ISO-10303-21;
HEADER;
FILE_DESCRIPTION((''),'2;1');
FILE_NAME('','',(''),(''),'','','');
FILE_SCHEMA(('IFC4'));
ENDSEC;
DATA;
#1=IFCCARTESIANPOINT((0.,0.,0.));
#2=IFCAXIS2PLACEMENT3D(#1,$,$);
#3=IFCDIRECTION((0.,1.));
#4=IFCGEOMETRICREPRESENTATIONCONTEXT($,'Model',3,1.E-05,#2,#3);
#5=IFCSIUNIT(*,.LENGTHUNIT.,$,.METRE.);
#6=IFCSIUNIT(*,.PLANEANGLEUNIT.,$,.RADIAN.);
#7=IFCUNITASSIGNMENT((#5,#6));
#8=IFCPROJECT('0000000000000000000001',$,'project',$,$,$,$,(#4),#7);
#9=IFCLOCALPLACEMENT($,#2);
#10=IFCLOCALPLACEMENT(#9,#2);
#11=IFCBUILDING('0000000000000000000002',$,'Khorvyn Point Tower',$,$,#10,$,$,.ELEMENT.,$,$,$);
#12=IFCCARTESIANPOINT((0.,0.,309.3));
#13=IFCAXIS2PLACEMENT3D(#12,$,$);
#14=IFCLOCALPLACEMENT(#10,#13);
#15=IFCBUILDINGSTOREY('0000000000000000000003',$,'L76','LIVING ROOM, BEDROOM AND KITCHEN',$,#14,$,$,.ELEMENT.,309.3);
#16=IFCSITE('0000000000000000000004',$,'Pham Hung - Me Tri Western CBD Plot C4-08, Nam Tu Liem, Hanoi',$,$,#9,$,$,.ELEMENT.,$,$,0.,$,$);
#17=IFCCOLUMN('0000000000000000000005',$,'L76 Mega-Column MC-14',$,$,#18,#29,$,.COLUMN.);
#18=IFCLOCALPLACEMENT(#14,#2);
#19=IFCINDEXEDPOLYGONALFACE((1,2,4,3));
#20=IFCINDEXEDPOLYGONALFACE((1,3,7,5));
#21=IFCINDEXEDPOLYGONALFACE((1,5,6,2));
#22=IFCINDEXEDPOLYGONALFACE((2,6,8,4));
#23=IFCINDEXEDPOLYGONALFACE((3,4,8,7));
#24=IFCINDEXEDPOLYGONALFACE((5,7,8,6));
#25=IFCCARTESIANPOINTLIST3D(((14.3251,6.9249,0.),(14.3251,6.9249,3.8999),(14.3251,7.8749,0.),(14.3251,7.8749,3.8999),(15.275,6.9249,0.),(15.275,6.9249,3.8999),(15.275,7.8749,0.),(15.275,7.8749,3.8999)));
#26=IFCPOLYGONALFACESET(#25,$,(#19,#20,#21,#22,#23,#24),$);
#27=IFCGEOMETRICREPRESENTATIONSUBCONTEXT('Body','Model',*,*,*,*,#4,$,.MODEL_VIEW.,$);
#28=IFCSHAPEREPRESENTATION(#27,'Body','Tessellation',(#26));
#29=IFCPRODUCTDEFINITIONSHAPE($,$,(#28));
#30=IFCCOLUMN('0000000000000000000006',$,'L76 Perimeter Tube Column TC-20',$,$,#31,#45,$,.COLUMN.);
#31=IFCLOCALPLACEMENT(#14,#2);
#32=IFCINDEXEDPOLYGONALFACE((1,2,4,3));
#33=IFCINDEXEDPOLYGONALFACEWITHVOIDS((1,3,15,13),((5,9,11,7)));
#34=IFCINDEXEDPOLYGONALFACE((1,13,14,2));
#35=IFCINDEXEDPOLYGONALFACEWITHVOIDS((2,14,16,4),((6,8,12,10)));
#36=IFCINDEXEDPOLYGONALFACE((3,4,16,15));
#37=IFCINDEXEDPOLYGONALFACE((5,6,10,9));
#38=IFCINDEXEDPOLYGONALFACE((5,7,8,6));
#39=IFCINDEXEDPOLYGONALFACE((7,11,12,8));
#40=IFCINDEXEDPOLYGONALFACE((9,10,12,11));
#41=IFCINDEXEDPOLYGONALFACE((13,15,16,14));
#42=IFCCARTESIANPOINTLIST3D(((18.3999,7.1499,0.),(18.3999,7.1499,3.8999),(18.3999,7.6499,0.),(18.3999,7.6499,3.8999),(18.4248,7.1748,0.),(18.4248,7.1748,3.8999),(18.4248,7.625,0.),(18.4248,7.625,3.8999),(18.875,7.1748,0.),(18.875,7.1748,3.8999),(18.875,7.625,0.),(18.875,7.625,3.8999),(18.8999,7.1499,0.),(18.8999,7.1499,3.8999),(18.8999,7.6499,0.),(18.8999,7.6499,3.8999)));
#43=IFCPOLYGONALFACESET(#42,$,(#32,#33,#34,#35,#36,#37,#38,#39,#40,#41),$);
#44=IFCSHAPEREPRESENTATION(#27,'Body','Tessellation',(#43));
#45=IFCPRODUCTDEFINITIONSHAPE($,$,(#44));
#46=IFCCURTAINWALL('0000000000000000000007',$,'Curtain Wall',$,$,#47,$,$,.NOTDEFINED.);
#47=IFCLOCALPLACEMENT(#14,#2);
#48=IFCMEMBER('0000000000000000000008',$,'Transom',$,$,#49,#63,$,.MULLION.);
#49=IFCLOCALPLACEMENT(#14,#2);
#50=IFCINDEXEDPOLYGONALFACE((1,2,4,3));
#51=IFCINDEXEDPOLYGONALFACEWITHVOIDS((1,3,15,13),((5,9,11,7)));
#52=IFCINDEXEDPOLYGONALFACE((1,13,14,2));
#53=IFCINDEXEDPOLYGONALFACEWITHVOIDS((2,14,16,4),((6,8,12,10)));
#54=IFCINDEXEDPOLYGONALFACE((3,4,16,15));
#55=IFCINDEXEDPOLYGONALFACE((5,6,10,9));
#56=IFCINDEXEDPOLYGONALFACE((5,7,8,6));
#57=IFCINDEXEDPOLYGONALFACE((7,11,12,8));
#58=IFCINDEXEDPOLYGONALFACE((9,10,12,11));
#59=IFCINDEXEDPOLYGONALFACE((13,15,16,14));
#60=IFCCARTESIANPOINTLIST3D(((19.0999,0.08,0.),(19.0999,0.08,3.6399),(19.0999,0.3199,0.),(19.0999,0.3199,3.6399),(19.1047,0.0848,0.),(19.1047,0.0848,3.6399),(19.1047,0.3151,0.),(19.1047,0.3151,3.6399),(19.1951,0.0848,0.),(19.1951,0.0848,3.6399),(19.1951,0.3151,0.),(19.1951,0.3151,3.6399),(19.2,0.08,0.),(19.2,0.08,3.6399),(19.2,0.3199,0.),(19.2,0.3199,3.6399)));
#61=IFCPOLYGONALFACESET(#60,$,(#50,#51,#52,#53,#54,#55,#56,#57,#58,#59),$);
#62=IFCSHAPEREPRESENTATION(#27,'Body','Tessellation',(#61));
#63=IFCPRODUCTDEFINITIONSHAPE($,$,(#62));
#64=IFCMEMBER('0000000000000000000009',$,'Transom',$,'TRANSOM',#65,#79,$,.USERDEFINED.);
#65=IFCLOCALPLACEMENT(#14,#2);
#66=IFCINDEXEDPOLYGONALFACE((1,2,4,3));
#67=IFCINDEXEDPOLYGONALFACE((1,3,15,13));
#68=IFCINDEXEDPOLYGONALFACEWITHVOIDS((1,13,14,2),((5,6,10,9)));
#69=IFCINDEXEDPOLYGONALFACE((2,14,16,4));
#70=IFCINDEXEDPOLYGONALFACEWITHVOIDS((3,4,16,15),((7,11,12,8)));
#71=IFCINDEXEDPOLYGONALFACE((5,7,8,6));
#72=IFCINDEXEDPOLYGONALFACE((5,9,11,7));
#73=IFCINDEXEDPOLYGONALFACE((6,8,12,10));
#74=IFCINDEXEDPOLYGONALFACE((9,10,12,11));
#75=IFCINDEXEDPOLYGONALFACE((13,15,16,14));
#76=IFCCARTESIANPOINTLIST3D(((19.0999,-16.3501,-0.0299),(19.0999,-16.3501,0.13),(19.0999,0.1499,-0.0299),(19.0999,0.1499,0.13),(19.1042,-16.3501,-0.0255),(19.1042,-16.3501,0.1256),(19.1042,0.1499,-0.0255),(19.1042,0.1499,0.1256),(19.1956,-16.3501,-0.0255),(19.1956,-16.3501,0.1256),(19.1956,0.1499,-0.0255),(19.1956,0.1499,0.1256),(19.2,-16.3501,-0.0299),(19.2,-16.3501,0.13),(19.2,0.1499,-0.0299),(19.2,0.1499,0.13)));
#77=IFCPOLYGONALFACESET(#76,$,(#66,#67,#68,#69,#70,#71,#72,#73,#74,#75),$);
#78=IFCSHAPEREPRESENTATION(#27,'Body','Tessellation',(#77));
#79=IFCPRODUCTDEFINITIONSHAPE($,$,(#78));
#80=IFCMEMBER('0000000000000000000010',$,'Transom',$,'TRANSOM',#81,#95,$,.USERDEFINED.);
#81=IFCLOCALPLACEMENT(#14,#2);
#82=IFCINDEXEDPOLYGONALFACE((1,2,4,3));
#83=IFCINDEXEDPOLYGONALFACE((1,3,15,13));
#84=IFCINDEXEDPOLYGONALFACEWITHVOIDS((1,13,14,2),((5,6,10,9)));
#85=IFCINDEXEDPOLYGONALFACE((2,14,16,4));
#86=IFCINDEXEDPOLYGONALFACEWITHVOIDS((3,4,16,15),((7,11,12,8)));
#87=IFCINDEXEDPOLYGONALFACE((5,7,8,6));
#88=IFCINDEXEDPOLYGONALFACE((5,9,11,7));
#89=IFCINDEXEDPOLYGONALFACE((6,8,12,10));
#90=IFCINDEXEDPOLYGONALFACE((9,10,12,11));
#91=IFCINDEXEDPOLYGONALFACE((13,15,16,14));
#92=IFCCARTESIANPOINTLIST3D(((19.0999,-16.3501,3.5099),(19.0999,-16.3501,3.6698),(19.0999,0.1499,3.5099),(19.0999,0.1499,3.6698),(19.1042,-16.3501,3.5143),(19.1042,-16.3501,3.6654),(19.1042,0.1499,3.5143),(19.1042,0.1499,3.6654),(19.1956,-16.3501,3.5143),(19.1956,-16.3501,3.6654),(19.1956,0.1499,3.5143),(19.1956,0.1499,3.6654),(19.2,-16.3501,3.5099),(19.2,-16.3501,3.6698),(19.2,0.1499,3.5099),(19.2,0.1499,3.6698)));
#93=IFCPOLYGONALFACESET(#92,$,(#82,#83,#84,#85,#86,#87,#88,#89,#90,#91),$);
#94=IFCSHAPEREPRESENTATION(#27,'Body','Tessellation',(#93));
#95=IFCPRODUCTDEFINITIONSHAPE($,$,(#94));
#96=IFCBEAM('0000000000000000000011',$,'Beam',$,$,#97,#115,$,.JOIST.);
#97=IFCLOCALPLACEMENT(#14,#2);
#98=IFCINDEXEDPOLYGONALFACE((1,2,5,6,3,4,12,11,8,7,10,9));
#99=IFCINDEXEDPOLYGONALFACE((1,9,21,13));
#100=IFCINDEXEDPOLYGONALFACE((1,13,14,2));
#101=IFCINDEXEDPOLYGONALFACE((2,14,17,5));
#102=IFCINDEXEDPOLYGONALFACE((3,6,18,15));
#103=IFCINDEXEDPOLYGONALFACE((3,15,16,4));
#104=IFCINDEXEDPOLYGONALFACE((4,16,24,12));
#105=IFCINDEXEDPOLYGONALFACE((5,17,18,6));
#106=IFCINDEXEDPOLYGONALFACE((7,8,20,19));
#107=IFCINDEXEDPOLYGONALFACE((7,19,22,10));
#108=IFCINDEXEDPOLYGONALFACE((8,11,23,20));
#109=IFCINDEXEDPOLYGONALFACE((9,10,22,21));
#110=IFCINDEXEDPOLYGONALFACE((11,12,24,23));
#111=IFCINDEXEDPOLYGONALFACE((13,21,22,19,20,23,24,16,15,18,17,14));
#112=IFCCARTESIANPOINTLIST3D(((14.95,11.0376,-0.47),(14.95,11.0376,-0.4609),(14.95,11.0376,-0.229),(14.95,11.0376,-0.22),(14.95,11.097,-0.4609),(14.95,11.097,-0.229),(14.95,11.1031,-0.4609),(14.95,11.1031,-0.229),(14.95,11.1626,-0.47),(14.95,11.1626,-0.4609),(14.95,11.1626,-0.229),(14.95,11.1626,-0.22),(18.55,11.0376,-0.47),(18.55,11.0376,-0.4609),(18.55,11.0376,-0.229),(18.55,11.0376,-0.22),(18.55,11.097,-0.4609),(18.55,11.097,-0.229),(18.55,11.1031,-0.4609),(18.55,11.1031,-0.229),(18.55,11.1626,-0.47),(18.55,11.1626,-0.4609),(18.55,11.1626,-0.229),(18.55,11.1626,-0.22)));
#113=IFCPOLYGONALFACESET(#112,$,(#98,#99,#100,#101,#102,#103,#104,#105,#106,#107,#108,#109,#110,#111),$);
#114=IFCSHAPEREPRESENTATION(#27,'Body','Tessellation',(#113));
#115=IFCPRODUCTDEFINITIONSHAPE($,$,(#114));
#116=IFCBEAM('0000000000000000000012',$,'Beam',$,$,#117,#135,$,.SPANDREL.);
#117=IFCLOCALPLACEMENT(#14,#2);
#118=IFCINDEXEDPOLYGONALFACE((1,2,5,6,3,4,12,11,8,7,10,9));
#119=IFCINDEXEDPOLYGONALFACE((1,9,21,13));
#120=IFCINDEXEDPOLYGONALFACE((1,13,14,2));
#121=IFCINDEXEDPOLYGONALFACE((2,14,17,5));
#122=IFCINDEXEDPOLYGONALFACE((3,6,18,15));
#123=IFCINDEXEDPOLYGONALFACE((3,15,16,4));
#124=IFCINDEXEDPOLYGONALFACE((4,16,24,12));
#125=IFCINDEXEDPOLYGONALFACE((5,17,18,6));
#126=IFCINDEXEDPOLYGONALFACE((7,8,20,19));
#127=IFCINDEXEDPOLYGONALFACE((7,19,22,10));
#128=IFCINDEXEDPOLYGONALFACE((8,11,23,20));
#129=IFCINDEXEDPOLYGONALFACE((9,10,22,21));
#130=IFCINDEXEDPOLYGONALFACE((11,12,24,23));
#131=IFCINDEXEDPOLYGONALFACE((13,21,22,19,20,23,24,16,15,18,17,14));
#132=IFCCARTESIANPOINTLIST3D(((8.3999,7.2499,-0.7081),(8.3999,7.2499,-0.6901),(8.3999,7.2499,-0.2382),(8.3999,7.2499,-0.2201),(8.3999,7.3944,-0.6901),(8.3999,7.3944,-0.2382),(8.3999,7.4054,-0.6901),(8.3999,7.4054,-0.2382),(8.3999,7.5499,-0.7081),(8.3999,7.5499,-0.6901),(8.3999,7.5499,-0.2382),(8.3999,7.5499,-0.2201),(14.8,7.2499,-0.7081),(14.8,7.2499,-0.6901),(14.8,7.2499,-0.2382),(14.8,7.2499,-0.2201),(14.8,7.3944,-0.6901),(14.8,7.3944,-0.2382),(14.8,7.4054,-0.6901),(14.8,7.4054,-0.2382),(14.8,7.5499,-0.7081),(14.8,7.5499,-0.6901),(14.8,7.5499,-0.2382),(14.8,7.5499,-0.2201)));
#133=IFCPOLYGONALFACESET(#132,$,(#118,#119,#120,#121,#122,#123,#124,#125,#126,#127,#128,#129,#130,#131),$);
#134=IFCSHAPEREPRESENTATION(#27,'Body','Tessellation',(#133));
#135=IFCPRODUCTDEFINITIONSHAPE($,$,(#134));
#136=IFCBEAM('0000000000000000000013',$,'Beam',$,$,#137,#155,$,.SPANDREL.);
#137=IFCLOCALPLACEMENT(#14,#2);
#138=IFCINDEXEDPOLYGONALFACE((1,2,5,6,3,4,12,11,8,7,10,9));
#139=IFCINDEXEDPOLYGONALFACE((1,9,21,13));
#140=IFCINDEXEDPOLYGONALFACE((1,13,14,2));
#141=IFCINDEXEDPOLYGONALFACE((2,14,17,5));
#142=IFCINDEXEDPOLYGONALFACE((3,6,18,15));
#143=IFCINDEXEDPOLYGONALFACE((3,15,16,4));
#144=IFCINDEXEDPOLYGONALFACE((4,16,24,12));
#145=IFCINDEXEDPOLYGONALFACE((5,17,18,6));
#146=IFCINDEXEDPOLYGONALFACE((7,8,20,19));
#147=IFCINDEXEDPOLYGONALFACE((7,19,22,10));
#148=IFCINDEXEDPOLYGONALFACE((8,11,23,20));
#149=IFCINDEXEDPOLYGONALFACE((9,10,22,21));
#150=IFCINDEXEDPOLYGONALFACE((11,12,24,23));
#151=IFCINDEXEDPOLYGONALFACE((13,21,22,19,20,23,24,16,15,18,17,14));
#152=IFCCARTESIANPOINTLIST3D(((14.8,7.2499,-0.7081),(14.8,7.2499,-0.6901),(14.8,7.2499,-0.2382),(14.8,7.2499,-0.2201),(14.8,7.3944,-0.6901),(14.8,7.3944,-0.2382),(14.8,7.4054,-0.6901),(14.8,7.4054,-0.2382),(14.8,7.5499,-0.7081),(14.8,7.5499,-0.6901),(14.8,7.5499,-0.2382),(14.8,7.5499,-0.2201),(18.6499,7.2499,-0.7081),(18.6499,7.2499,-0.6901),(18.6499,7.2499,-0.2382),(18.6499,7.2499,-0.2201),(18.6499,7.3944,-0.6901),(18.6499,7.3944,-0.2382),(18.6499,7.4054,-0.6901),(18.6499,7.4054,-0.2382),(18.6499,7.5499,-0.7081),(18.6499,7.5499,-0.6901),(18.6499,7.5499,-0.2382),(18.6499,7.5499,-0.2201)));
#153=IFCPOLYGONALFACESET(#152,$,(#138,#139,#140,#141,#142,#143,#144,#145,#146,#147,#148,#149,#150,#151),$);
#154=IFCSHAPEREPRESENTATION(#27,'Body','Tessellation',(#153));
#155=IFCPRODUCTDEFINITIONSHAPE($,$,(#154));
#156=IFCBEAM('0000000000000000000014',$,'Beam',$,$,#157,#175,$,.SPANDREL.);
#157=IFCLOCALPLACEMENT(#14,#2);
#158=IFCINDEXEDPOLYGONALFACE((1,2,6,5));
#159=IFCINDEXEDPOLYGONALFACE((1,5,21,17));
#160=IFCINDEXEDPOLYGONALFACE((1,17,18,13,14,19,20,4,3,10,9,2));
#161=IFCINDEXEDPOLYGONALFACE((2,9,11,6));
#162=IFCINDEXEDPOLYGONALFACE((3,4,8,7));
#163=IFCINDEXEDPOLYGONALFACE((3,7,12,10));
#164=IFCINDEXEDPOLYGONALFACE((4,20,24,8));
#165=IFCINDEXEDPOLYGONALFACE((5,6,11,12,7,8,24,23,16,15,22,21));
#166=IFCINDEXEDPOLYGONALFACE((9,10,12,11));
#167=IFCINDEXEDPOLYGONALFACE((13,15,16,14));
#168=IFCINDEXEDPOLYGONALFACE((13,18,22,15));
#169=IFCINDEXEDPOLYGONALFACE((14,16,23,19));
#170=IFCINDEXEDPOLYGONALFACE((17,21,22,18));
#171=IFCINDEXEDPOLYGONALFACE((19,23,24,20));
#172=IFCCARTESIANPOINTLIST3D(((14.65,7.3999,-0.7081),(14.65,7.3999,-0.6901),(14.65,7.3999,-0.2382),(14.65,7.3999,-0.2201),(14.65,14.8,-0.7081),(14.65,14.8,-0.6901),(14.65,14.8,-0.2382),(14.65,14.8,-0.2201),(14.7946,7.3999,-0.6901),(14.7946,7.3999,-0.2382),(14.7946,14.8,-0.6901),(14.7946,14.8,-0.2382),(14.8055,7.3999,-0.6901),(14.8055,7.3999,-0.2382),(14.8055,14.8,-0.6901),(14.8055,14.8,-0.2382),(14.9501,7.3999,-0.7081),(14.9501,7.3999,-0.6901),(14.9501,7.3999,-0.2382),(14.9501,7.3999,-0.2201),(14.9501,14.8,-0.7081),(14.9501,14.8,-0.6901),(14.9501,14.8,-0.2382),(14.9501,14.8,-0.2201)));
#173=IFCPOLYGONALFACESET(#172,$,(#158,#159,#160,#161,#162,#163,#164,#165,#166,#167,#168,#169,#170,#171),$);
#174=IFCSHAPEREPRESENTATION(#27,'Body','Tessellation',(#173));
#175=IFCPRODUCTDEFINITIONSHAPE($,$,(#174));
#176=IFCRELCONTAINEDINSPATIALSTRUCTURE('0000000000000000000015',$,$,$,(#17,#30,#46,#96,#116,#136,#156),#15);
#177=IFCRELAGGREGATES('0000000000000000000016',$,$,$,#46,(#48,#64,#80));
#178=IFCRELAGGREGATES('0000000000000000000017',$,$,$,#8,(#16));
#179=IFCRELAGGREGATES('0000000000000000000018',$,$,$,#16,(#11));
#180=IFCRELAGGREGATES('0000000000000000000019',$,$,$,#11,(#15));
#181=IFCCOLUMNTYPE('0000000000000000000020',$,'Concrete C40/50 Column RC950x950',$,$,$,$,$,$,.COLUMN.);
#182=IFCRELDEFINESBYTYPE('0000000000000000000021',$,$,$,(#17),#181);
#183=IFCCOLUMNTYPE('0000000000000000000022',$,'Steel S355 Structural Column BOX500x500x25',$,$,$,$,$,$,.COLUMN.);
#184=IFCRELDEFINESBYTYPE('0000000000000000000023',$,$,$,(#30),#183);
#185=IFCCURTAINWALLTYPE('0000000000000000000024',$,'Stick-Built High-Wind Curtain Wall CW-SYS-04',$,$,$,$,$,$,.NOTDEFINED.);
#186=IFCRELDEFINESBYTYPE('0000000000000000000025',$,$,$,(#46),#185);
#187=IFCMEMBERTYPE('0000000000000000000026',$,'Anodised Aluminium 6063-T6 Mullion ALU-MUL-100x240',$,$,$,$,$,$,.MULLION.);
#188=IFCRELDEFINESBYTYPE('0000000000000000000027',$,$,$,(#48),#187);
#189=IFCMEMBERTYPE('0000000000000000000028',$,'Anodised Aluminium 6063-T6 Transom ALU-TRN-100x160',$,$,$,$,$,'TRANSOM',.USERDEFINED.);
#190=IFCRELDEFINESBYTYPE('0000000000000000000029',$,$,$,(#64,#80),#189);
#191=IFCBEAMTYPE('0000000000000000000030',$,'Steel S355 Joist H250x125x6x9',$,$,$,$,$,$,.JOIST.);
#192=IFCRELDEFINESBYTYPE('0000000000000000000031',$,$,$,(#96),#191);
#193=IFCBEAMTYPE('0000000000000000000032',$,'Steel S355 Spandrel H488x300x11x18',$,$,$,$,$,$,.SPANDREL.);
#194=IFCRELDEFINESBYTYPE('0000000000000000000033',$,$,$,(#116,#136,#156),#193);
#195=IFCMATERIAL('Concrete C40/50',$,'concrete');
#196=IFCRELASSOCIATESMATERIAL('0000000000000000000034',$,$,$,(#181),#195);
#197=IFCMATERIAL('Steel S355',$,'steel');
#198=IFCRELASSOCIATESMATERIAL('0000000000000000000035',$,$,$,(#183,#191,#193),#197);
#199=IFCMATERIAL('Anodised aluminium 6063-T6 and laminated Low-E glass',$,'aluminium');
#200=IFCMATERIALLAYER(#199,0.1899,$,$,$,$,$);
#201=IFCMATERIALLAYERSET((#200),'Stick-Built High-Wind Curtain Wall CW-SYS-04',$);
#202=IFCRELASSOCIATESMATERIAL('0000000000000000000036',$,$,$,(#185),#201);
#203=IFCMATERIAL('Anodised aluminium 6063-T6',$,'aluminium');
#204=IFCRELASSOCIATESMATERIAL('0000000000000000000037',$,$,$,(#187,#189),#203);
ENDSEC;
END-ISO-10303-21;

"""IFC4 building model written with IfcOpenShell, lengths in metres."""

from ifc_helpers import new_model, si_unit, direction, frame, origin, origin_2d, place, context, subcontext, project, spatial, rectangle, hollow_rectangle, i_section, extrude, material, layer, layer_set, material_profile, profile_set, type_object, element, aggregate, save


model = new_model("IFC4")

# Units and contexts
model_context = context("Model", 3, precision=1e-05, world=origin(), true_north=direction((0.0, 1.0)))
body_context = subcontext(model_context, "Body", "Model", "MODEL_VIEW")
ifc_project = project(units=[si_unit("LENGTHUNIT", "METRE"), si_unit("PLANEANGLEUNIT", "RADIAN")], contexts=[model_context])

# Site, building, storey
site_placement = place(None, origin())
site = spatial("IfcSite", under=ifc_project, at=site_placement, Name="Pham Hung - Me Tri Western CBD Plot C4-08, Nam Tu Liem, Hanoi", CompositionType="ELEMENT", RefElevation=0.0)
building_placement = place(site_placement, origin())
building = spatial("IfcBuilding", under=site, at=building_placement, Name="Khorvyn Point Tower", CompositionType="ELEMENT")
storey_placement = place(building_placement, frame((0.0, 0.0, 309.3)))
storey = spatial("IfcBuildingStorey", under=building, at=storey_placement, Name="L76", Description="LIVING ROOM, BEDROOM AND KITCHEN", CompositionType="ELEMENT", Elevation=309.3)

# Columns
ifc_material_1 = material(Name="Concrete C40/50", Category="concrete")
ifc_material_profile_1 = material_profile(ifc_material_1, rectangle(XDim=0.95, YDim=0.95, at=origin_2d()))
ifc_profile_set_1 = profile_set([ifc_material_profile_1], Name="Concrete C40/50 RC950x950")
column_type_1 = type_object("IfcColumnType", Name="Concrete C40/50 Column RC950x950", PredefinedType="COLUMN", material=ifc_profile_set_1)
column_1_placement = place(storey_placement, frame((14.8, 7.3999, 0.0), z_axis=(0.0, 0.0, 1.0), x_axis=(1.0, 0.0, 0.0)))
element("IfcColumn", 1, at=column_1_placement, inside=storey, type_object=column_type_1, Name="L76 Mega-Column MC-14", PredefinedType="COLUMN", context=body_context, shape_type="SweptSolid", body=[
    extrude(rectangle(XDim=0.95, YDim=0.95, at=origin_2d()), origin(), (0.0, 0.0, 1.0), 3.8999),
])
ifc_material_2 = material(Name="Steel S355", Category="steel")
ifc_material_profile_2 = material_profile(ifc_material_2, hollow_rectangle(XDim=0.5, YDim=0.5, WallThickness=0.0249, at=origin_2d()))
ifc_profile_set_2 = profile_set([ifc_material_profile_2], Name="Steel S355 BOX500x500x25")
column_type_2 = type_object("IfcColumnType", Name="Steel S355 Structural Column BOX500x500x25", PredefinedType="COLUMN", material=ifc_profile_set_2)
column_2_placement = place(storey_placement, frame((18.6499, 7.3999, 0.0), z_axis=(0.0, 0.0, 1.0), x_axis=(1.0, 0.0, 0.0)))
element("IfcColumn", 2, at=column_2_placement, inside=storey, type_object=column_type_2, Name="L76 Perimeter Tube Column TC-20", PredefinedType="COLUMN", context=body_context, shape_type="SweptSolid", body=[
    extrude(hollow_rectangle(XDim=0.5, YDim=0.5, WallThickness=0.0249, at=origin_2d()), origin(), (0.0, 0.0, 1.0), 3.8999),
])

# Curtain wall, members
ifc_material_3 = material(Name="Anodised aluminium 6063-T6 and laminated Low-E glass", Category="aluminium")
ifc_layer_1 = layer(ifc_material_3, 0.1899)
ifc_layer_set_1 = layer_set([ifc_layer_1], Name="Stick-Built High-Wind Curtain Wall CW-SYS-04")
curtain_wall_type = type_object("IfcCurtainWallType", Name="Stick-Built High-Wind Curtain Wall CW-SYS-04", PredefinedType="NOTDEFINED", material=ifc_layer_set_1)
curtain_wall_placement = place(storey_placement, origin())
curtain_wall = element("IfcCurtainWall", 3, at=curtain_wall_placement, inside=storey, type_object=curtain_wall_type, Name="Curtain Wall", PredefinedType="NOTDEFINED")
ifc_material_4 = material(Name="Anodised aluminium 6063-T6", Category="aluminium")
ifc_material_profile_3 = material_profile(ifc_material_4, hollow_rectangle(XDim=0.1001, YDim=0.24, WallThickness=0.0049, at=origin_2d()))
ifc_profile_set_3 = profile_set([ifc_material_profile_3], Name="Anodised aluminium 6063-T6 ALU-MUL-100x240")
member_type_1 = type_object("IfcMemberType", Name="Anodised Aluminium 6063-T6 Mullion ALU-MUL-100x240", PredefinedType="MULLION", material=ifc_profile_set_3)
member_1_placement = place(storey_placement, frame((19.1499, 0.2, 0.0), z_axis=(0.0, 0.0, 1.0), x_axis=(1.0, 0.0, 0.0)))
member_1 = element("IfcMember", 4, at=member_1_placement, type_object=member_type_1, Name="Transom", PredefinedType="MULLION", context=body_context, shape_type="SweptSolid", body=[
    extrude(hollow_rectangle(XDim=0.1001, YDim=0.24, WallThickness=0.0049, at=origin_2d()), origin(), (0.0, 0.0, 1.0), 3.6399),
])
ifc_material_profile_4 = material_profile(ifc_material_4, hollow_rectangle(XDim=0.1001, YDim=0.1599, WallThickness=0.0044, at=origin_2d()))
ifc_profile_set_4 = profile_set([ifc_material_profile_4], Name="Anodised aluminium 6063-T6 ALU-TRN-100x160")
member_type_2 = type_object("IfcMemberType", Name="Anodised Aluminium 6063-T6 Transom ALU-TRN-100x160", ElementType="TRANSOM", PredefinedType="USERDEFINED", material=ifc_profile_set_4)
member_2_placement = place(storey_placement, frame((19.1499, 0.1499, 0.05), z_axis=(0.0, -1.0, 0.0), x_axis=(1.0, 0.0, 0.0)))
member_2 = element("IfcMember", 5, at=member_2_placement, type_object=member_type_2, Name="Transom", ObjectType="TRANSOM", PredefinedType="USERDEFINED", context=body_context, shape_type="SweptSolid", body=[
    extrude(hollow_rectangle(XDim=0.1001, YDim=0.1599, WallThickness=0.0044, at=origin_2d()), origin(), (0.0, 0.0, 1.0), 16.5),
])
member_3_placement = place(storey_placement, frame((19.1499, 0.1499, 3.5898), z_axis=(0.0, -1.0, 0.0), x_axis=(1.0, 0.0, 0.0)))
member_3 = element("IfcMember", 6, at=member_3_placement, type_object=member_type_2, Name="Transom", ObjectType="TRANSOM", PredefinedType="USERDEFINED", context=body_context, shape_type="SweptSolid", body=[
    extrude(hollow_rectangle(XDim=0.1001, YDim=0.1599, WallThickness=0.0044, at=origin_2d()), origin(), (0.0, 0.0, 1.0), 16.5),
])

# Beams
ifc_material_profile_5 = material_profile(ifc_material_2, i_section(OverallWidth=0.125, OverallDepth=0.25, WebThickness=0.0061, FlangeThickness=0.009, at=origin_2d()))
ifc_profile_set_5 = profile_set([ifc_material_profile_5], Name="Steel S355 H250x125x6x9")
beam_type_1 = type_object("IfcBeamType", Name="Steel S355 Joist H250x125x6x9", PredefinedType="JOIST", material=ifc_profile_set_5)
beam_1_placement = place(storey_placement, frame((14.95, 11.1001, -0.345), z_axis=(1.0, 0.0, 0.0), x_axis=(0.0, 1.0, 0.0)))
element("IfcBeam", 7, at=beam_1_placement, inside=storey, type_object=beam_type_1, Name="Beam", PredefinedType="JOIST", context=body_context, shape_type="SweptSolid", body=[
    extrude(i_section(OverallWidth=0.125, OverallDepth=0.25, WebThickness=0.0061, FlangeThickness=0.009, at=origin_2d()), origin(), (0.0, 0.0, 1.0), 3.6001),
])
ifc_material_profile_6 = material_profile(ifc_material_2, i_section(OverallWidth=0.3, OverallDepth=0.488, WebThickness=0.011, FlangeThickness=0.0181, at=origin_2d()))
ifc_profile_set_6 = profile_set([ifc_material_profile_6], Name="Steel S355 H488x300x11x18")
beam_type_2 = type_object("IfcBeamType", Name="Steel S355 Spandrel H488x300x11x18", PredefinedType="SPANDREL", material=ifc_profile_set_6)
beam_2_placement = place(storey_placement, frame((8.3999, 7.3999, -0.4641), z_axis=(1.0, 0.0, 0.0), x_axis=(0.0, 1.0, 0.0)))
element("IfcBeam", 8, at=beam_2_placement, inside=storey, type_object=beam_type_2, Name="Beam", PredefinedType="SPANDREL", context=body_context, shape_type="SweptSolid", body=[
    extrude(i_section(OverallWidth=0.3, OverallDepth=0.488, WebThickness=0.011, FlangeThickness=0.0181, at=origin_2d()), origin(), (0.0, 0.0, 1.0), 6.4001),
])
beam_3_placement = place(storey_placement, frame((14.8, 7.3999, -0.4641), z_axis=(1.0, 0.0, 0.0), x_axis=(0.0, 1.0, 0.0)))
element("IfcBeam", 9, at=beam_3_placement, inside=storey, type_object=beam_type_2, Name="Beam", PredefinedType="SPANDREL", context=body_context, shape_type="SweptSolid", body=[
    extrude(i_section(OverallWidth=0.3, OverallDepth=0.488, WebThickness=0.011, FlangeThickness=0.0181, at=origin_2d()), origin(), (0.0, 0.0, 1.0), 3.8499),
])
beam_4_placement = place(storey_placement, frame((14.8, 7.3999, -0.4641), z_axis=(0.0, 1.0, 0.0), x_axis=(-1.0, 0.0, 0.0)))
element("IfcBeam", 10, at=beam_4_placement, inside=storey, type_object=beam_type_2, Name="Beam", PredefinedType="SPANDREL", context=body_context, shape_type="SweptSolid", body=[
    extrude(i_section(OverallWidth=0.3, OverallDepth=0.488, WebThickness=0.011, FlangeThickness=0.0181, at=origin_2d()), origin(), (0.0, 0.0, 1.0), 7.4001),
])

aggregate(curtain_wall, [member_1, member_2, member_3])

save(model, "model.ifc")
